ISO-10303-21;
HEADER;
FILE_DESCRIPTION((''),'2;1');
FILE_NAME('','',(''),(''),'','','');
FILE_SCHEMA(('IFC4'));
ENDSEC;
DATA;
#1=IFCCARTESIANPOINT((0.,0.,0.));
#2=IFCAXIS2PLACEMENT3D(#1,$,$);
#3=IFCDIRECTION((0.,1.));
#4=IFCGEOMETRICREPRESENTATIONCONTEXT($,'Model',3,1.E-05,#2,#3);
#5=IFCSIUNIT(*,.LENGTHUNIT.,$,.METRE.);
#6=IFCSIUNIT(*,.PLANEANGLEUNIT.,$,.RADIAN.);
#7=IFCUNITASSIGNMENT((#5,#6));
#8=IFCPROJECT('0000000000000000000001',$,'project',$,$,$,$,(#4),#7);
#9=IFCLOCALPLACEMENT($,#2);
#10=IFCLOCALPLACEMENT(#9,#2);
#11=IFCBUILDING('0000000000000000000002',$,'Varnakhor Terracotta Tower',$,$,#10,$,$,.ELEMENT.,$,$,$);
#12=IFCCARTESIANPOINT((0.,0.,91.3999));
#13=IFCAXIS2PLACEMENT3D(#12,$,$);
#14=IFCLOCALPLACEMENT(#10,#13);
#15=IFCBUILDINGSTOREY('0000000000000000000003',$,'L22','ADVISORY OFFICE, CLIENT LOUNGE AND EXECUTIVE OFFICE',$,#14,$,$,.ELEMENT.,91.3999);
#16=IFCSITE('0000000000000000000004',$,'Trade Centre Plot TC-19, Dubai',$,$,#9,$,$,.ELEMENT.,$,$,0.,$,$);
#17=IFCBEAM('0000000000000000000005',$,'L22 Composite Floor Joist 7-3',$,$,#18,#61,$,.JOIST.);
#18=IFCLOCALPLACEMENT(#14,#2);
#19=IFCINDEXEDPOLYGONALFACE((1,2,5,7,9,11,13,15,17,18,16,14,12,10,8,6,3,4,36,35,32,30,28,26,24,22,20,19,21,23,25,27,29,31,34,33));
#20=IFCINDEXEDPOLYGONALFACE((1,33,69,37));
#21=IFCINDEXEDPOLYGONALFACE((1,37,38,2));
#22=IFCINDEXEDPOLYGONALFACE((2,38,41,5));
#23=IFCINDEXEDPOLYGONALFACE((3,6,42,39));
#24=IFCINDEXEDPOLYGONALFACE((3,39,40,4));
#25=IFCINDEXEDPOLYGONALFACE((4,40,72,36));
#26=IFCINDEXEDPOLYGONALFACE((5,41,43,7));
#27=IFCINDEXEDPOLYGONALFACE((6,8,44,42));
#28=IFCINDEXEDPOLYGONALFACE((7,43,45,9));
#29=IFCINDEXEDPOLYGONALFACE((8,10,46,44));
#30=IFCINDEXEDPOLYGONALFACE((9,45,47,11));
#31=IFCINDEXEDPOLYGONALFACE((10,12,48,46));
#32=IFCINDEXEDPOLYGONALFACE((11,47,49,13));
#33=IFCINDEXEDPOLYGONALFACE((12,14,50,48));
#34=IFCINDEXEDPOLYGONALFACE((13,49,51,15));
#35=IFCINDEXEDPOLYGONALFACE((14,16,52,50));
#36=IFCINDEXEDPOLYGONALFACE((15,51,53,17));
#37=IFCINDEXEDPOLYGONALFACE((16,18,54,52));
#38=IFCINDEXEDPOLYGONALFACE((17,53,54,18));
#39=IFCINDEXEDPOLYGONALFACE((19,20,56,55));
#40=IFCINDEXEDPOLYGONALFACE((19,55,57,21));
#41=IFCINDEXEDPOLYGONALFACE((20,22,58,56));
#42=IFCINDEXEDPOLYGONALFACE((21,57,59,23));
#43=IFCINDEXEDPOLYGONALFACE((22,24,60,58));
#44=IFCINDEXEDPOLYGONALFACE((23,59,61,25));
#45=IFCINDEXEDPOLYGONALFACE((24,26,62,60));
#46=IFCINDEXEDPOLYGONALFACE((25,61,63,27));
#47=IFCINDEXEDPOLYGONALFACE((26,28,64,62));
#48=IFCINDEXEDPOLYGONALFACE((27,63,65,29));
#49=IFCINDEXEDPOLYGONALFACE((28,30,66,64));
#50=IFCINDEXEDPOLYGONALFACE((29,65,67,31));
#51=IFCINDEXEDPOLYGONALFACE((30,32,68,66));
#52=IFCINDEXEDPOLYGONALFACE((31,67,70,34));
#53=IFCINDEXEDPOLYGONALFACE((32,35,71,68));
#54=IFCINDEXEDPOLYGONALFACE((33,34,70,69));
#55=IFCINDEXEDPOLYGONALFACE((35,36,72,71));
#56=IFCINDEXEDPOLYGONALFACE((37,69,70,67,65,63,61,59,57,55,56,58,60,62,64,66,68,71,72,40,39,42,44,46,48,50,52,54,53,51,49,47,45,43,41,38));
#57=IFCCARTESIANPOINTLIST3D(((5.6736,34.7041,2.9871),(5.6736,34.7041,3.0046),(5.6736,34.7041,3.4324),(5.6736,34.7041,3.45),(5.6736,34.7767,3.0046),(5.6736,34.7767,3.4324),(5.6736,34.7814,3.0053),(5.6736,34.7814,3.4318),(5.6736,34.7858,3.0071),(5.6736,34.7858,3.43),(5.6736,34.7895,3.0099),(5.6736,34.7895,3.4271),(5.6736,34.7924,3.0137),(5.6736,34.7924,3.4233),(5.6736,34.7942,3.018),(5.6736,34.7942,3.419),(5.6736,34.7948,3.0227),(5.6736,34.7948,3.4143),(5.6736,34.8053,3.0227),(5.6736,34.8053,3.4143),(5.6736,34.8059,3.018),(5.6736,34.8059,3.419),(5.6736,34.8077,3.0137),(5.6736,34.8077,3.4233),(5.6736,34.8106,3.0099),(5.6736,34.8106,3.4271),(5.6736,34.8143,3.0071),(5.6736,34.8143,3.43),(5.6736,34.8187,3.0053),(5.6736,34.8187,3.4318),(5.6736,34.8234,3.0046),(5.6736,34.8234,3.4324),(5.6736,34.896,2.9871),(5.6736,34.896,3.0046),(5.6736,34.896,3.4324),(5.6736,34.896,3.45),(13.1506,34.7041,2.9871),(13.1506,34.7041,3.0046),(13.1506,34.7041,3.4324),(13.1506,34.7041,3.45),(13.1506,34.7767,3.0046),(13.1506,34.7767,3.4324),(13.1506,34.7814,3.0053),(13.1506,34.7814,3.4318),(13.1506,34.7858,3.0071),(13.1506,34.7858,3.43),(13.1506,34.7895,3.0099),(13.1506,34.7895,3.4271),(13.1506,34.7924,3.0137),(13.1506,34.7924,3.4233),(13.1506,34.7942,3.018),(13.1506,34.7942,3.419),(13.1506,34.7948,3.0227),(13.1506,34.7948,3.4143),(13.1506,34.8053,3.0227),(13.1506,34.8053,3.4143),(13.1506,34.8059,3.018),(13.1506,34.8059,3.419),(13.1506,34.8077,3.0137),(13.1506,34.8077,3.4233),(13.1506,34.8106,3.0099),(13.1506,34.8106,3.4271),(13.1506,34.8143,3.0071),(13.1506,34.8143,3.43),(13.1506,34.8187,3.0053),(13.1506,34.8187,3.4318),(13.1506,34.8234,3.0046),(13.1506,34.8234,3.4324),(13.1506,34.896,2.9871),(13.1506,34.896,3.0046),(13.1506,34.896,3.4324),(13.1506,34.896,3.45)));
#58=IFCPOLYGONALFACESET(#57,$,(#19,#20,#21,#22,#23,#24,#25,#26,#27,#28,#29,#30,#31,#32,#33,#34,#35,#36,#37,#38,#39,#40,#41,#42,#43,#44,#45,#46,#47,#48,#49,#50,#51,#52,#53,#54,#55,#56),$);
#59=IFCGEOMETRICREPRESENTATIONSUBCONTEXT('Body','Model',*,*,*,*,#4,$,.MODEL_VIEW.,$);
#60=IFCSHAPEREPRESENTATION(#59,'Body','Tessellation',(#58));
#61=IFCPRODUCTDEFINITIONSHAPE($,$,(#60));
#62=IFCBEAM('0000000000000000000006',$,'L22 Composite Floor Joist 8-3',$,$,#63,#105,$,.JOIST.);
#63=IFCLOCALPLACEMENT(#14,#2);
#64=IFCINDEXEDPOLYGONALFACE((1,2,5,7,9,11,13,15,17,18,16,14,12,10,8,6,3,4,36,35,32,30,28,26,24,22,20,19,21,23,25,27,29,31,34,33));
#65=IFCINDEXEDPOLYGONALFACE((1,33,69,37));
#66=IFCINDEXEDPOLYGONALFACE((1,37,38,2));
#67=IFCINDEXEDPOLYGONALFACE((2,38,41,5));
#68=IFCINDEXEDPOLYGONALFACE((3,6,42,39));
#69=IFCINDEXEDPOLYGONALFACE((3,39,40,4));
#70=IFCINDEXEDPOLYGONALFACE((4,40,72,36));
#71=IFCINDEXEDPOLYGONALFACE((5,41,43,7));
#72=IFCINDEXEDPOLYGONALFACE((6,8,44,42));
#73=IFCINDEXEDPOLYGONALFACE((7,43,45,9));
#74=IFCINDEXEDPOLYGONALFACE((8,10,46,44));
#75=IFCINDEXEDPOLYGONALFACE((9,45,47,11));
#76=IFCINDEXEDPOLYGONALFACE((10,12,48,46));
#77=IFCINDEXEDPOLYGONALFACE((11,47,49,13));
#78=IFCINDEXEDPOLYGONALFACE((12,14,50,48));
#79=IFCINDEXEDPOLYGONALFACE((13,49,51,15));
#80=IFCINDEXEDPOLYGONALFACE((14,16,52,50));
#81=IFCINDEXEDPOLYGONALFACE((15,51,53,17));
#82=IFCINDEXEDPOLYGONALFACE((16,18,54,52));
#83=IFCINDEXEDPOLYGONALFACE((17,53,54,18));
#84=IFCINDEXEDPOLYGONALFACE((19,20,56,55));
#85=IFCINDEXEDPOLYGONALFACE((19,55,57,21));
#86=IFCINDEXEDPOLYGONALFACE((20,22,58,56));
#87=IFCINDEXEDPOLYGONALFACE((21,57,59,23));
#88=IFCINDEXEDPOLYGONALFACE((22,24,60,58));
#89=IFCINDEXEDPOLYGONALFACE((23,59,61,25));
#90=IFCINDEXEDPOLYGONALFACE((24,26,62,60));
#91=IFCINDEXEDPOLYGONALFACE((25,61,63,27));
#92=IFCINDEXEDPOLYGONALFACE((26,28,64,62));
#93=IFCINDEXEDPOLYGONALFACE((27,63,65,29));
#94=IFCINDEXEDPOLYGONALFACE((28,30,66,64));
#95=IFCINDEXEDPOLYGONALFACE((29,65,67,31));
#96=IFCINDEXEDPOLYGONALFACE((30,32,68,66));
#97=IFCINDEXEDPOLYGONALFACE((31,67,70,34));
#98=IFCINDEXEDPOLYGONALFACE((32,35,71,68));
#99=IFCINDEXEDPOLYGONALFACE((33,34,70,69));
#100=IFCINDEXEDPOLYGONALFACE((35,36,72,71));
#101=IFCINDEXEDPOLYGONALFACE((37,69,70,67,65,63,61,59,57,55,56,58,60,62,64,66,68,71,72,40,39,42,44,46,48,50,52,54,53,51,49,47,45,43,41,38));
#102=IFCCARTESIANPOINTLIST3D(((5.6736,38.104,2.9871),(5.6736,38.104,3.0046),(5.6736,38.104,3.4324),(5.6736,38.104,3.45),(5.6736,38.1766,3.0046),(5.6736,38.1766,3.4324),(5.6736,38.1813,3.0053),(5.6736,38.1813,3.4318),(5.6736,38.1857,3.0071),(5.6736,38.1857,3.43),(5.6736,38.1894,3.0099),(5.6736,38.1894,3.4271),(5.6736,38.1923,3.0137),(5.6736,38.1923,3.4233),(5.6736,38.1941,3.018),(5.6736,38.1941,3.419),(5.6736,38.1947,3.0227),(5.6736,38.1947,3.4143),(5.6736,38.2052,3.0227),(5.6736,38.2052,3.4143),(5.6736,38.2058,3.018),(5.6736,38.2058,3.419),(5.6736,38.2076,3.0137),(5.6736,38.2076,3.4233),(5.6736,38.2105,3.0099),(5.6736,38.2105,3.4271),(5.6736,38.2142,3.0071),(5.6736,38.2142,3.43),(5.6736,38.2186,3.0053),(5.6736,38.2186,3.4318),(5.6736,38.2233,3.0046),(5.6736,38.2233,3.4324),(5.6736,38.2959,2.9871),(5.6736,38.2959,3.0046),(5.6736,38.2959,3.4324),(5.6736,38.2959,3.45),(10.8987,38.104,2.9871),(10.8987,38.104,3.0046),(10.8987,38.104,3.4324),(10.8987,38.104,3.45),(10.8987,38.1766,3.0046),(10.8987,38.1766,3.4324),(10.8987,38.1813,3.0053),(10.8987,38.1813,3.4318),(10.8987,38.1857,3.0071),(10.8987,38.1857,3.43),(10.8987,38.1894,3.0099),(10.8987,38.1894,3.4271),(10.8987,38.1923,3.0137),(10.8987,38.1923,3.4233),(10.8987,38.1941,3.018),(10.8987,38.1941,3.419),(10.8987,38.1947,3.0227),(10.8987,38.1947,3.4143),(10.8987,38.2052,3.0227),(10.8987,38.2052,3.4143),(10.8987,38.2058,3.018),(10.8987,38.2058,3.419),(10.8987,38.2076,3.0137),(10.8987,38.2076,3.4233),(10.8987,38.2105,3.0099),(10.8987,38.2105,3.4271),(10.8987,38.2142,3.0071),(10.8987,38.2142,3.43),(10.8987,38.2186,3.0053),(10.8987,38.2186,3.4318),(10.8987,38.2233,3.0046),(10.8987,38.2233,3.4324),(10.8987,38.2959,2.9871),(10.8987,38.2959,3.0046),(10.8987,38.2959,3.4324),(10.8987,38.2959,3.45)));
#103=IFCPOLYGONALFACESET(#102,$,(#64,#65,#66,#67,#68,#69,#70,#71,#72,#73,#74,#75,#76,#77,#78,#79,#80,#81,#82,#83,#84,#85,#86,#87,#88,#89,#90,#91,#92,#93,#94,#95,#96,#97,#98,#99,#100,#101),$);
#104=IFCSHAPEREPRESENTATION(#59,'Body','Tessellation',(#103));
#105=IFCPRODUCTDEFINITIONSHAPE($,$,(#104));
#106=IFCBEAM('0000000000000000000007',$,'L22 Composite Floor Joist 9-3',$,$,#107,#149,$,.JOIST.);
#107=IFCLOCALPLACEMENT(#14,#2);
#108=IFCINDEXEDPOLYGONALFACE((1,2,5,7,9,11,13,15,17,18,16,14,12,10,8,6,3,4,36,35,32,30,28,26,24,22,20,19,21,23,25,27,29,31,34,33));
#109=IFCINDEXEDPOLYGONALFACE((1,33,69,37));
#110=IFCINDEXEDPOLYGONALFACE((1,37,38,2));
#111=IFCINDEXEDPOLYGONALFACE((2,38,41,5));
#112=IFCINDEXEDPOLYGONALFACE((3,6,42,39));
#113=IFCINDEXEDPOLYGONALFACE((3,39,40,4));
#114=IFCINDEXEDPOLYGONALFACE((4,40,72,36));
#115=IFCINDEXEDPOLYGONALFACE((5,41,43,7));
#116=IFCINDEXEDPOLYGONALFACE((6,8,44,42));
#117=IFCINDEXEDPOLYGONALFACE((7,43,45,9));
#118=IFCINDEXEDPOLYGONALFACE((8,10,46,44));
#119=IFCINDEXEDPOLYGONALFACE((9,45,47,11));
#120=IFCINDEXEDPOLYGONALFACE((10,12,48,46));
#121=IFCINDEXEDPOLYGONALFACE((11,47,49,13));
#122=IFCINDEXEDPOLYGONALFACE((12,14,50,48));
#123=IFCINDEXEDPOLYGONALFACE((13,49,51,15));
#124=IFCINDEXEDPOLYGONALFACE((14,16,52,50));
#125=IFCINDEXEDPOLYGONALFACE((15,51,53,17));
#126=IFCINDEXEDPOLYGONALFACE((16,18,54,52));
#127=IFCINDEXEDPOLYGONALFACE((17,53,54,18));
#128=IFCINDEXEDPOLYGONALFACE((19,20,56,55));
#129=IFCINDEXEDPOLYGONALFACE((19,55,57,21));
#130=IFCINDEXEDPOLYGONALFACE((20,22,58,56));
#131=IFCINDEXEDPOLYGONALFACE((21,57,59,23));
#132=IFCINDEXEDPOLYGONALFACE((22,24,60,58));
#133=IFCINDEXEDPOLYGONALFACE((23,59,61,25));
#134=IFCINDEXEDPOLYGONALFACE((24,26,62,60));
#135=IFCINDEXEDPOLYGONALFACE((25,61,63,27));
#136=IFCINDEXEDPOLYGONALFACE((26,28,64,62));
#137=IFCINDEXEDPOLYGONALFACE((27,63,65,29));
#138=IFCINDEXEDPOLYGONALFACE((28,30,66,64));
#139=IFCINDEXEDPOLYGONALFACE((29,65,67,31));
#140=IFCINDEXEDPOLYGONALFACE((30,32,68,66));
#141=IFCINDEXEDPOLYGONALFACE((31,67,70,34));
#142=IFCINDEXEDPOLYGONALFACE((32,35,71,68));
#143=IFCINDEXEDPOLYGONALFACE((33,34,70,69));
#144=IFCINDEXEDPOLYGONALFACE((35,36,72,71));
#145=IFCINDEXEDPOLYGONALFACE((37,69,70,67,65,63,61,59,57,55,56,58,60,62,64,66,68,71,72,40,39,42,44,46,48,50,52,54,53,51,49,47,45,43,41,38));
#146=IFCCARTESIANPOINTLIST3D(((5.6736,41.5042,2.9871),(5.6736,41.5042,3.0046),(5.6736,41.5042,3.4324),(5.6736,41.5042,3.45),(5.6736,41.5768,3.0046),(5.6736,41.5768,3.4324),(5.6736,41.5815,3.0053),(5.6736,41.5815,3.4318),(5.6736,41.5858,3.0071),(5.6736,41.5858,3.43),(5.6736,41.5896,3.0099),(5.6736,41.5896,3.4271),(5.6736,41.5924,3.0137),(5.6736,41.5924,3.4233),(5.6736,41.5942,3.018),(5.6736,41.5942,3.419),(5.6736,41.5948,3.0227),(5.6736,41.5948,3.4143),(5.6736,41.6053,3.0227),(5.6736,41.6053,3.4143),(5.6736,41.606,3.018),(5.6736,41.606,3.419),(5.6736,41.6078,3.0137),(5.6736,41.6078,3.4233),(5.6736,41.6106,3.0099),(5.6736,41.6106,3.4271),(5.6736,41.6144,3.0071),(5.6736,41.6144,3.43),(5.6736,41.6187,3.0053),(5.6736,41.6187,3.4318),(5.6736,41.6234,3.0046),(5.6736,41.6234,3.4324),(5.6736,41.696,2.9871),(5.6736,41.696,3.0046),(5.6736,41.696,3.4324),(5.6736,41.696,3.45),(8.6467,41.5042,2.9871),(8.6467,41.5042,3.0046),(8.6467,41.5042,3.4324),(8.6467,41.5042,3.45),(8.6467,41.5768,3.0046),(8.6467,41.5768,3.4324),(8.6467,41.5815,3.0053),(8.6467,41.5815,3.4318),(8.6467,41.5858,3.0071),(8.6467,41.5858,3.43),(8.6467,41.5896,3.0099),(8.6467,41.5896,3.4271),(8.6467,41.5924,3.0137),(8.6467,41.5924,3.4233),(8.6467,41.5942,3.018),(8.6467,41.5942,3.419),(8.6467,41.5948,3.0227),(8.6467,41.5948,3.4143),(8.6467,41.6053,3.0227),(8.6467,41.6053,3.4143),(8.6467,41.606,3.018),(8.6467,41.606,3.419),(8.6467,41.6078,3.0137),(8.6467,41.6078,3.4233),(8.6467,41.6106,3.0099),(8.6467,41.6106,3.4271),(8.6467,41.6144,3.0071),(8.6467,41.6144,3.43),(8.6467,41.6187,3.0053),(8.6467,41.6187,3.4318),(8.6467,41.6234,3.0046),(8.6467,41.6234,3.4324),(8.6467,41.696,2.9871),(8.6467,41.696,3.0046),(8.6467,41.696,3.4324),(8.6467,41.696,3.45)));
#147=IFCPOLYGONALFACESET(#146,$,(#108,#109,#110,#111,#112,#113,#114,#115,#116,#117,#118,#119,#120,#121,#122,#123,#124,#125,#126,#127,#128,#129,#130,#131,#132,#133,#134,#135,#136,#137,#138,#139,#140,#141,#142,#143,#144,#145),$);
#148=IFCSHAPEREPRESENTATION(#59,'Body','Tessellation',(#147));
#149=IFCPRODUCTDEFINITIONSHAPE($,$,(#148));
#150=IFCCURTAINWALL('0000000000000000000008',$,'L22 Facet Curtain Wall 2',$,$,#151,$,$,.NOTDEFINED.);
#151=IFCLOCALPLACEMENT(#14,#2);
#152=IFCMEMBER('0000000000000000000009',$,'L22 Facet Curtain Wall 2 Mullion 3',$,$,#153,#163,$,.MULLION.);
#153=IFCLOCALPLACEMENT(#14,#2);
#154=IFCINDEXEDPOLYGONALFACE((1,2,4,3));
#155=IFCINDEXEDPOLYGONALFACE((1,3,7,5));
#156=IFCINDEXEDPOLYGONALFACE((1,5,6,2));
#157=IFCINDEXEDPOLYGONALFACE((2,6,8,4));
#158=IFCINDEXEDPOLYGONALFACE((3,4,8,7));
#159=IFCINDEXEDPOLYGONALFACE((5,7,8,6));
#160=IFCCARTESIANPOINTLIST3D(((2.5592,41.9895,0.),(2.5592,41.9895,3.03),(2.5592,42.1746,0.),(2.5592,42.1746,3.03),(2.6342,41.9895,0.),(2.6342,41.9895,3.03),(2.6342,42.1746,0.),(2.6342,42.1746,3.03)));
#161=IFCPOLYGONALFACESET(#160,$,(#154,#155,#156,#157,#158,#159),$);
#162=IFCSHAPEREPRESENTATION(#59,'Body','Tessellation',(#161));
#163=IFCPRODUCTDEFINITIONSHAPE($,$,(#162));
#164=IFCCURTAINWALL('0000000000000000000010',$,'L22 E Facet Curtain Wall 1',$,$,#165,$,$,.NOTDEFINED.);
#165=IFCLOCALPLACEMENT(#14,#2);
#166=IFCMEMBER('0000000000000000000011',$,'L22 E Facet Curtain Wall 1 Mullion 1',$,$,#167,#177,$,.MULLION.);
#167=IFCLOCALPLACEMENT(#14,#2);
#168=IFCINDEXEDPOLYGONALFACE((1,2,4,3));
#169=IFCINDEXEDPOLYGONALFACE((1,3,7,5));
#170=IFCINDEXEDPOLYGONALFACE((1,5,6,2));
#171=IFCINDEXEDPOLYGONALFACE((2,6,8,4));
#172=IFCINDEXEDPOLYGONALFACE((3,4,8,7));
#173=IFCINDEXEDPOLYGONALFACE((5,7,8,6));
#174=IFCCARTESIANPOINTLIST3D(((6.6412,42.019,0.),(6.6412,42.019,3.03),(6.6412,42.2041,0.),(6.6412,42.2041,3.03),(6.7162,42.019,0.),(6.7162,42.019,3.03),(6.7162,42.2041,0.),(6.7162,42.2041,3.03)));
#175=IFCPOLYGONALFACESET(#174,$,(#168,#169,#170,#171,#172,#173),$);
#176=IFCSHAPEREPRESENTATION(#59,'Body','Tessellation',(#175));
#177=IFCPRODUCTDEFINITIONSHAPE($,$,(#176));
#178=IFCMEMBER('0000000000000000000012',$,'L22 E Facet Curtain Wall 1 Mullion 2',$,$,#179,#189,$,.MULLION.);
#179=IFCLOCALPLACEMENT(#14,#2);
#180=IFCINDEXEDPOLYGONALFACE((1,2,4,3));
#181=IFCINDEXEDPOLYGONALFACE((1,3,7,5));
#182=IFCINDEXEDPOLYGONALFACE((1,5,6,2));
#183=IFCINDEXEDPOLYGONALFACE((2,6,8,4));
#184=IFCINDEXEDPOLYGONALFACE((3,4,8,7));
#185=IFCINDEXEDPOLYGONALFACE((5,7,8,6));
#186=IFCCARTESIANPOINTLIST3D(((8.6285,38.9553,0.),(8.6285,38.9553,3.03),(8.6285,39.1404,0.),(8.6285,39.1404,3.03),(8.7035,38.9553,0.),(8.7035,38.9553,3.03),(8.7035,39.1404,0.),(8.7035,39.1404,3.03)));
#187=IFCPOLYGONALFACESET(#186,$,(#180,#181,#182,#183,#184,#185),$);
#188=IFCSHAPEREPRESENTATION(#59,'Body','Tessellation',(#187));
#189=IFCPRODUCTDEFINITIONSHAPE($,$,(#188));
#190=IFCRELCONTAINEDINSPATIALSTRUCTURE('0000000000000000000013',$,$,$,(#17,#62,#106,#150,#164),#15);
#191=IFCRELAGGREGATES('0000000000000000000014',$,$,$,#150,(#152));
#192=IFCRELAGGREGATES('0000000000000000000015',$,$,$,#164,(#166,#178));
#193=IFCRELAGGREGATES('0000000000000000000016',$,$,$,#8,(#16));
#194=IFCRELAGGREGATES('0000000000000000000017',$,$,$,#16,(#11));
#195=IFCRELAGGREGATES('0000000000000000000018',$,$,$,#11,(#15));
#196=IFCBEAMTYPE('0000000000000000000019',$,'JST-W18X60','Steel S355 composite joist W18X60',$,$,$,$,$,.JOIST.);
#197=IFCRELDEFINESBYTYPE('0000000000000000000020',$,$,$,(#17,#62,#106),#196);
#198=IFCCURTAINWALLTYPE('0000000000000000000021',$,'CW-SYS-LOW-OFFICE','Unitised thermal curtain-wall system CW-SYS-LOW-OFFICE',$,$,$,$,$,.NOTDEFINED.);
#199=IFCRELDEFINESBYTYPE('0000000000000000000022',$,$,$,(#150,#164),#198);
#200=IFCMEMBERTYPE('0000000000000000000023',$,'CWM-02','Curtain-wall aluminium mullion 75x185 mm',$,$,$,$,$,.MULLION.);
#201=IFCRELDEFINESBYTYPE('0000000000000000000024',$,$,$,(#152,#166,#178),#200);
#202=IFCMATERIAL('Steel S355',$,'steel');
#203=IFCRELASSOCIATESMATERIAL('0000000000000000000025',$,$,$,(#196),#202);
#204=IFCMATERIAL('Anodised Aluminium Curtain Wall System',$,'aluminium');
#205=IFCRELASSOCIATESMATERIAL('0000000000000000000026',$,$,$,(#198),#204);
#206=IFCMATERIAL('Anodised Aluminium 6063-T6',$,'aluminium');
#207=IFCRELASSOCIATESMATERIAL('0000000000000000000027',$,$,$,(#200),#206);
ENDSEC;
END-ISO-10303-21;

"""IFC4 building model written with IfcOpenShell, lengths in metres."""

from ifc_helpers import new_model, si_unit, direction, frame, origin, origin_2d, place, context, subcontext, project, spatial, rectangle, i_section, extrude, source, transform, mapped, material, material_profile, profile_set, type_object, type_shapes, element, aggregate, save


model = new_model("IFC4")

# Units and contexts
model_context = context("Model", 3, precision=1e-05, world=origin(), true_north=direction((0.0, 1.0)))
body_context = subcontext(model_context, "Body", "Model", "MODEL_VIEW")
ifc_project = project(units=[si_unit("LENGTHUNIT", "METRE"), si_unit("PLANEANGLEUNIT", "RADIAN")], contexts=[model_context])

# Site, building, storey
site_placement = place(None, origin())
site = spatial("IfcSite", under=ifc_project, at=site_placement, Name="Trade Centre Plot TC-19, Dubai", CompositionType="ELEMENT", RefElevation=0.0)
building_placement = place(site_placement, origin())
building = spatial("IfcBuilding", under=site, at=building_placement, Name="Varnakhor Terracotta Tower", CompositionType="ELEMENT")
storey_placement = place(building_placement, frame((0.0, 0.0, 91.3999)))
storey = spatial("IfcBuildingStorey", under=building, at=storey_placement, Name="L22", Description="ADVISORY OFFICE, CLIENT LOUNGE AND EXECUTIVE OFFICE", CompositionType="ELEMENT", Elevation=91.3999)

# Beams
ifc_material_1 = material(Name="Steel S355", Category="steel")
ifc_material_profile_1 = material_profile(ifc_material_1, i_section(OverallWidth=0.1919, OverallDepth=0.4629, WebThickness=0.0105, FlangeThickness=0.0176, FilletRadius=0.0181, at=origin_2d()), Name="W18X60")
ifc_profile_set_1 = profile_set([ifc_material_profile_1], Name="Steel S355")
beam_type_1 = type_object("IfcBeamType", Name="JST-W18X60", Description="Steel S355 composite joist W18X60", PredefinedType="JOIST", material=ifc_profile_set_1)
shared_shape_1 = source(origin(), body_context, "Body", "SweptSolid", [
    extrude(i_section(OverallWidth=0.1919, OverallDepth=0.4629, WebThickness=0.0105, FlangeThickness=0.0176, FilletRadius=0.0181, at=origin_2d()), origin(), (0.0, 0.0, 1.0), 7.4771),
])
beam_1_placement = place(storey_placement, frame((5.6736, 34.8, 3.2185), z_axis=(1.0, 0.0, 0.0), x_axis=(0.0, 1.0, 0.0)))
element("IfcBeam", 1, at=beam_1_placement, inside=storey, type_object=beam_type_1, Name="L22 Composite Floor Joist 7-3", PredefinedType="JOIST", context=body_context, shape_type="MappedRepresentation", body=[
    mapped(shared_shape_1, transform((0.0, 0.0, 0.0), scale=1.0)),
])
shared_shape_2 = source(origin(), body_context, "Body", "SweptSolid", [
    extrude(i_section(OverallWidth=0.1919, OverallDepth=0.4629, WebThickness=0.0105, FlangeThickness=0.0176, FilletRadius=0.0181, at=origin_2d()), origin(), (0.0, 0.0, 1.0), 5.2251),
])
beam_2_placement = place(storey_placement, frame((5.6736, 38.2, 3.2185), z_axis=(1.0, 0.0, 0.0), x_axis=(0.0, 1.0, 0.0)))
element("IfcBeam", 2, at=beam_2_placement, inside=storey, type_object=beam_type_1, Name="L22 Composite Floor Joist 8-3", PredefinedType="JOIST", context=body_context, shape_type="MappedRepresentation", body=[
    mapped(shared_shape_2, transform((0.0, 0.0, 0.0), scale=1.0)),
])
shared_shape_3 = source(origin(), body_context, "Body", "SweptSolid", [
    extrude(i_section(OverallWidth=0.1919, OverallDepth=0.4629, WebThickness=0.0105, FlangeThickness=0.0176, FilletRadius=0.0181, at=origin_2d()), origin(), (0.0, 0.0, 1.0), 2.9731),
])
beam_3_placement = place(storey_placement, frame((5.6736, 41.6001, 3.2185), z_axis=(1.0, 0.0, 0.0), x_axis=(0.0, 1.0, 0.0)))
element("IfcBeam", 3, at=beam_3_placement, inside=storey, type_object=beam_type_1, Name="L22 Composite Floor Joist 9-3", PredefinedType="JOIST", context=body_context, shape_type="MappedRepresentation", body=[
    mapped(shared_shape_3, transform((0.0, 0.0, 0.0), scale=1.0)),
])

# Curtain wall, member
ifc_material_2 = material(Name="Anodised Aluminium Curtain Wall System", Category="aluminium")
curtain_wall_type = type_object("IfcCurtainWallType", Name="CW-SYS-LOW-OFFICE", Description="Unitised thermal curtain-wall system CW-SYS-LOW-OFFICE", PredefinedType="NOTDEFINED", material=ifc_material_2)
curtain_wall_1_placement = place(storey_placement, origin())
curtain_wall_1 = element("IfcCurtainWall", 4, at=curtain_wall_1_placement, inside=storey, type_object=curtain_wall_type, Name="L22 Facet Curtain Wall 2", PredefinedType="NOTDEFINED")
ifc_material_3 = material(Name="Anodised Aluminium 6063-T6", Category="aluminium")
ifc_material_profile_2 = material_profile(ifc_material_3, rectangle(XDim=0.075, YDim=0.1851, at=origin_2d()), Name="ALU MULLION 75x185")
ifc_profile_set_2 = profile_set([ifc_material_profile_2], Name="Anodised Aluminium 6063-T6")
member_type_1 = type_object("IfcMemberType", Name="CWM-02", Description="Curtain-wall aluminium mullion 75x185 mm", PredefinedType="MULLION", material=ifc_profile_set_2)
shared_shape_4 = source(origin(), body_context, "Body", "SweptSolid", [
    extrude(rectangle(XDim=0.075, YDim=0.1851, at=origin_2d()), origin(), (0.0, 0.0, 1.0), 3.03),
])
type_shapes(member_type_1, [shared_shape_4])
member_1_placement = place(storey_placement, frame((2.5967, 42.082, 0.0), z_axis=(0.0, 0.0, 1.0), x_axis=(1.0, 0.0, 0.0)))
member_1 = element("IfcMember", 5, at=member_1_placement, type_object=member_type_1, Name="L22 Facet Curtain Wall 2 Mullion 3", PredefinedType="MULLION", context=body_context, shape_type="MappedRepresentation", body=[
    mapped(shared_shape_4, transform((0.0, 0.0, 0.0), scale=1.0)),
])

# Curtain wall, members
curtain_wall_2_placement = place(storey_placement, origin())
curtain_wall_2 = element("IfcCurtainWall", 6, at=curtain_wall_2_placement, inside=storey, type_object=curtain_wall_type, Name="L22 E Facet Curtain Wall 1", PredefinedType="NOTDEFINED")
member_2_placement = place(storey_placement, frame((6.6787, 42.1116, 0.0), z_axis=(0.0, 0.0, 1.0), x_axis=(1.0, 0.0, 0.0)))
member_2 = element("IfcMember", 7, at=member_2_placement, type_object=member_type_1, Name="L22 E Facet Curtain Wall 1 Mullion 1", PredefinedType="MULLION", context=body_context, shape_type="MappedRepresentation", body=[
    mapped(shared_shape_4, transform((0.0, 0.0, 0.0), scale=1.0)),
])
member_3_placement = place(storey_placement, frame((8.666, 39.0479, 0.0), z_axis=(0.0, 0.0, 1.0), x_axis=(1.0, 0.0, 0.0)))
member_3 = element("IfcMember", 8, at=member_3_placement, type_object=member_type_1, Name="L22 E Facet Curtain Wall 1 Mullion 2", PredefinedType="MULLION", context=body_context, shape_type="MappedRepresentation", body=[
    mapped(shared_shape_4, transform((0.0, 0.0, 0.0), scale=1.0)),
])

aggregate(curtain_wall_1, [member_1])
aggregate(curtain_wall_2, [member_2, member_3])

save(model, "model.ifc")
